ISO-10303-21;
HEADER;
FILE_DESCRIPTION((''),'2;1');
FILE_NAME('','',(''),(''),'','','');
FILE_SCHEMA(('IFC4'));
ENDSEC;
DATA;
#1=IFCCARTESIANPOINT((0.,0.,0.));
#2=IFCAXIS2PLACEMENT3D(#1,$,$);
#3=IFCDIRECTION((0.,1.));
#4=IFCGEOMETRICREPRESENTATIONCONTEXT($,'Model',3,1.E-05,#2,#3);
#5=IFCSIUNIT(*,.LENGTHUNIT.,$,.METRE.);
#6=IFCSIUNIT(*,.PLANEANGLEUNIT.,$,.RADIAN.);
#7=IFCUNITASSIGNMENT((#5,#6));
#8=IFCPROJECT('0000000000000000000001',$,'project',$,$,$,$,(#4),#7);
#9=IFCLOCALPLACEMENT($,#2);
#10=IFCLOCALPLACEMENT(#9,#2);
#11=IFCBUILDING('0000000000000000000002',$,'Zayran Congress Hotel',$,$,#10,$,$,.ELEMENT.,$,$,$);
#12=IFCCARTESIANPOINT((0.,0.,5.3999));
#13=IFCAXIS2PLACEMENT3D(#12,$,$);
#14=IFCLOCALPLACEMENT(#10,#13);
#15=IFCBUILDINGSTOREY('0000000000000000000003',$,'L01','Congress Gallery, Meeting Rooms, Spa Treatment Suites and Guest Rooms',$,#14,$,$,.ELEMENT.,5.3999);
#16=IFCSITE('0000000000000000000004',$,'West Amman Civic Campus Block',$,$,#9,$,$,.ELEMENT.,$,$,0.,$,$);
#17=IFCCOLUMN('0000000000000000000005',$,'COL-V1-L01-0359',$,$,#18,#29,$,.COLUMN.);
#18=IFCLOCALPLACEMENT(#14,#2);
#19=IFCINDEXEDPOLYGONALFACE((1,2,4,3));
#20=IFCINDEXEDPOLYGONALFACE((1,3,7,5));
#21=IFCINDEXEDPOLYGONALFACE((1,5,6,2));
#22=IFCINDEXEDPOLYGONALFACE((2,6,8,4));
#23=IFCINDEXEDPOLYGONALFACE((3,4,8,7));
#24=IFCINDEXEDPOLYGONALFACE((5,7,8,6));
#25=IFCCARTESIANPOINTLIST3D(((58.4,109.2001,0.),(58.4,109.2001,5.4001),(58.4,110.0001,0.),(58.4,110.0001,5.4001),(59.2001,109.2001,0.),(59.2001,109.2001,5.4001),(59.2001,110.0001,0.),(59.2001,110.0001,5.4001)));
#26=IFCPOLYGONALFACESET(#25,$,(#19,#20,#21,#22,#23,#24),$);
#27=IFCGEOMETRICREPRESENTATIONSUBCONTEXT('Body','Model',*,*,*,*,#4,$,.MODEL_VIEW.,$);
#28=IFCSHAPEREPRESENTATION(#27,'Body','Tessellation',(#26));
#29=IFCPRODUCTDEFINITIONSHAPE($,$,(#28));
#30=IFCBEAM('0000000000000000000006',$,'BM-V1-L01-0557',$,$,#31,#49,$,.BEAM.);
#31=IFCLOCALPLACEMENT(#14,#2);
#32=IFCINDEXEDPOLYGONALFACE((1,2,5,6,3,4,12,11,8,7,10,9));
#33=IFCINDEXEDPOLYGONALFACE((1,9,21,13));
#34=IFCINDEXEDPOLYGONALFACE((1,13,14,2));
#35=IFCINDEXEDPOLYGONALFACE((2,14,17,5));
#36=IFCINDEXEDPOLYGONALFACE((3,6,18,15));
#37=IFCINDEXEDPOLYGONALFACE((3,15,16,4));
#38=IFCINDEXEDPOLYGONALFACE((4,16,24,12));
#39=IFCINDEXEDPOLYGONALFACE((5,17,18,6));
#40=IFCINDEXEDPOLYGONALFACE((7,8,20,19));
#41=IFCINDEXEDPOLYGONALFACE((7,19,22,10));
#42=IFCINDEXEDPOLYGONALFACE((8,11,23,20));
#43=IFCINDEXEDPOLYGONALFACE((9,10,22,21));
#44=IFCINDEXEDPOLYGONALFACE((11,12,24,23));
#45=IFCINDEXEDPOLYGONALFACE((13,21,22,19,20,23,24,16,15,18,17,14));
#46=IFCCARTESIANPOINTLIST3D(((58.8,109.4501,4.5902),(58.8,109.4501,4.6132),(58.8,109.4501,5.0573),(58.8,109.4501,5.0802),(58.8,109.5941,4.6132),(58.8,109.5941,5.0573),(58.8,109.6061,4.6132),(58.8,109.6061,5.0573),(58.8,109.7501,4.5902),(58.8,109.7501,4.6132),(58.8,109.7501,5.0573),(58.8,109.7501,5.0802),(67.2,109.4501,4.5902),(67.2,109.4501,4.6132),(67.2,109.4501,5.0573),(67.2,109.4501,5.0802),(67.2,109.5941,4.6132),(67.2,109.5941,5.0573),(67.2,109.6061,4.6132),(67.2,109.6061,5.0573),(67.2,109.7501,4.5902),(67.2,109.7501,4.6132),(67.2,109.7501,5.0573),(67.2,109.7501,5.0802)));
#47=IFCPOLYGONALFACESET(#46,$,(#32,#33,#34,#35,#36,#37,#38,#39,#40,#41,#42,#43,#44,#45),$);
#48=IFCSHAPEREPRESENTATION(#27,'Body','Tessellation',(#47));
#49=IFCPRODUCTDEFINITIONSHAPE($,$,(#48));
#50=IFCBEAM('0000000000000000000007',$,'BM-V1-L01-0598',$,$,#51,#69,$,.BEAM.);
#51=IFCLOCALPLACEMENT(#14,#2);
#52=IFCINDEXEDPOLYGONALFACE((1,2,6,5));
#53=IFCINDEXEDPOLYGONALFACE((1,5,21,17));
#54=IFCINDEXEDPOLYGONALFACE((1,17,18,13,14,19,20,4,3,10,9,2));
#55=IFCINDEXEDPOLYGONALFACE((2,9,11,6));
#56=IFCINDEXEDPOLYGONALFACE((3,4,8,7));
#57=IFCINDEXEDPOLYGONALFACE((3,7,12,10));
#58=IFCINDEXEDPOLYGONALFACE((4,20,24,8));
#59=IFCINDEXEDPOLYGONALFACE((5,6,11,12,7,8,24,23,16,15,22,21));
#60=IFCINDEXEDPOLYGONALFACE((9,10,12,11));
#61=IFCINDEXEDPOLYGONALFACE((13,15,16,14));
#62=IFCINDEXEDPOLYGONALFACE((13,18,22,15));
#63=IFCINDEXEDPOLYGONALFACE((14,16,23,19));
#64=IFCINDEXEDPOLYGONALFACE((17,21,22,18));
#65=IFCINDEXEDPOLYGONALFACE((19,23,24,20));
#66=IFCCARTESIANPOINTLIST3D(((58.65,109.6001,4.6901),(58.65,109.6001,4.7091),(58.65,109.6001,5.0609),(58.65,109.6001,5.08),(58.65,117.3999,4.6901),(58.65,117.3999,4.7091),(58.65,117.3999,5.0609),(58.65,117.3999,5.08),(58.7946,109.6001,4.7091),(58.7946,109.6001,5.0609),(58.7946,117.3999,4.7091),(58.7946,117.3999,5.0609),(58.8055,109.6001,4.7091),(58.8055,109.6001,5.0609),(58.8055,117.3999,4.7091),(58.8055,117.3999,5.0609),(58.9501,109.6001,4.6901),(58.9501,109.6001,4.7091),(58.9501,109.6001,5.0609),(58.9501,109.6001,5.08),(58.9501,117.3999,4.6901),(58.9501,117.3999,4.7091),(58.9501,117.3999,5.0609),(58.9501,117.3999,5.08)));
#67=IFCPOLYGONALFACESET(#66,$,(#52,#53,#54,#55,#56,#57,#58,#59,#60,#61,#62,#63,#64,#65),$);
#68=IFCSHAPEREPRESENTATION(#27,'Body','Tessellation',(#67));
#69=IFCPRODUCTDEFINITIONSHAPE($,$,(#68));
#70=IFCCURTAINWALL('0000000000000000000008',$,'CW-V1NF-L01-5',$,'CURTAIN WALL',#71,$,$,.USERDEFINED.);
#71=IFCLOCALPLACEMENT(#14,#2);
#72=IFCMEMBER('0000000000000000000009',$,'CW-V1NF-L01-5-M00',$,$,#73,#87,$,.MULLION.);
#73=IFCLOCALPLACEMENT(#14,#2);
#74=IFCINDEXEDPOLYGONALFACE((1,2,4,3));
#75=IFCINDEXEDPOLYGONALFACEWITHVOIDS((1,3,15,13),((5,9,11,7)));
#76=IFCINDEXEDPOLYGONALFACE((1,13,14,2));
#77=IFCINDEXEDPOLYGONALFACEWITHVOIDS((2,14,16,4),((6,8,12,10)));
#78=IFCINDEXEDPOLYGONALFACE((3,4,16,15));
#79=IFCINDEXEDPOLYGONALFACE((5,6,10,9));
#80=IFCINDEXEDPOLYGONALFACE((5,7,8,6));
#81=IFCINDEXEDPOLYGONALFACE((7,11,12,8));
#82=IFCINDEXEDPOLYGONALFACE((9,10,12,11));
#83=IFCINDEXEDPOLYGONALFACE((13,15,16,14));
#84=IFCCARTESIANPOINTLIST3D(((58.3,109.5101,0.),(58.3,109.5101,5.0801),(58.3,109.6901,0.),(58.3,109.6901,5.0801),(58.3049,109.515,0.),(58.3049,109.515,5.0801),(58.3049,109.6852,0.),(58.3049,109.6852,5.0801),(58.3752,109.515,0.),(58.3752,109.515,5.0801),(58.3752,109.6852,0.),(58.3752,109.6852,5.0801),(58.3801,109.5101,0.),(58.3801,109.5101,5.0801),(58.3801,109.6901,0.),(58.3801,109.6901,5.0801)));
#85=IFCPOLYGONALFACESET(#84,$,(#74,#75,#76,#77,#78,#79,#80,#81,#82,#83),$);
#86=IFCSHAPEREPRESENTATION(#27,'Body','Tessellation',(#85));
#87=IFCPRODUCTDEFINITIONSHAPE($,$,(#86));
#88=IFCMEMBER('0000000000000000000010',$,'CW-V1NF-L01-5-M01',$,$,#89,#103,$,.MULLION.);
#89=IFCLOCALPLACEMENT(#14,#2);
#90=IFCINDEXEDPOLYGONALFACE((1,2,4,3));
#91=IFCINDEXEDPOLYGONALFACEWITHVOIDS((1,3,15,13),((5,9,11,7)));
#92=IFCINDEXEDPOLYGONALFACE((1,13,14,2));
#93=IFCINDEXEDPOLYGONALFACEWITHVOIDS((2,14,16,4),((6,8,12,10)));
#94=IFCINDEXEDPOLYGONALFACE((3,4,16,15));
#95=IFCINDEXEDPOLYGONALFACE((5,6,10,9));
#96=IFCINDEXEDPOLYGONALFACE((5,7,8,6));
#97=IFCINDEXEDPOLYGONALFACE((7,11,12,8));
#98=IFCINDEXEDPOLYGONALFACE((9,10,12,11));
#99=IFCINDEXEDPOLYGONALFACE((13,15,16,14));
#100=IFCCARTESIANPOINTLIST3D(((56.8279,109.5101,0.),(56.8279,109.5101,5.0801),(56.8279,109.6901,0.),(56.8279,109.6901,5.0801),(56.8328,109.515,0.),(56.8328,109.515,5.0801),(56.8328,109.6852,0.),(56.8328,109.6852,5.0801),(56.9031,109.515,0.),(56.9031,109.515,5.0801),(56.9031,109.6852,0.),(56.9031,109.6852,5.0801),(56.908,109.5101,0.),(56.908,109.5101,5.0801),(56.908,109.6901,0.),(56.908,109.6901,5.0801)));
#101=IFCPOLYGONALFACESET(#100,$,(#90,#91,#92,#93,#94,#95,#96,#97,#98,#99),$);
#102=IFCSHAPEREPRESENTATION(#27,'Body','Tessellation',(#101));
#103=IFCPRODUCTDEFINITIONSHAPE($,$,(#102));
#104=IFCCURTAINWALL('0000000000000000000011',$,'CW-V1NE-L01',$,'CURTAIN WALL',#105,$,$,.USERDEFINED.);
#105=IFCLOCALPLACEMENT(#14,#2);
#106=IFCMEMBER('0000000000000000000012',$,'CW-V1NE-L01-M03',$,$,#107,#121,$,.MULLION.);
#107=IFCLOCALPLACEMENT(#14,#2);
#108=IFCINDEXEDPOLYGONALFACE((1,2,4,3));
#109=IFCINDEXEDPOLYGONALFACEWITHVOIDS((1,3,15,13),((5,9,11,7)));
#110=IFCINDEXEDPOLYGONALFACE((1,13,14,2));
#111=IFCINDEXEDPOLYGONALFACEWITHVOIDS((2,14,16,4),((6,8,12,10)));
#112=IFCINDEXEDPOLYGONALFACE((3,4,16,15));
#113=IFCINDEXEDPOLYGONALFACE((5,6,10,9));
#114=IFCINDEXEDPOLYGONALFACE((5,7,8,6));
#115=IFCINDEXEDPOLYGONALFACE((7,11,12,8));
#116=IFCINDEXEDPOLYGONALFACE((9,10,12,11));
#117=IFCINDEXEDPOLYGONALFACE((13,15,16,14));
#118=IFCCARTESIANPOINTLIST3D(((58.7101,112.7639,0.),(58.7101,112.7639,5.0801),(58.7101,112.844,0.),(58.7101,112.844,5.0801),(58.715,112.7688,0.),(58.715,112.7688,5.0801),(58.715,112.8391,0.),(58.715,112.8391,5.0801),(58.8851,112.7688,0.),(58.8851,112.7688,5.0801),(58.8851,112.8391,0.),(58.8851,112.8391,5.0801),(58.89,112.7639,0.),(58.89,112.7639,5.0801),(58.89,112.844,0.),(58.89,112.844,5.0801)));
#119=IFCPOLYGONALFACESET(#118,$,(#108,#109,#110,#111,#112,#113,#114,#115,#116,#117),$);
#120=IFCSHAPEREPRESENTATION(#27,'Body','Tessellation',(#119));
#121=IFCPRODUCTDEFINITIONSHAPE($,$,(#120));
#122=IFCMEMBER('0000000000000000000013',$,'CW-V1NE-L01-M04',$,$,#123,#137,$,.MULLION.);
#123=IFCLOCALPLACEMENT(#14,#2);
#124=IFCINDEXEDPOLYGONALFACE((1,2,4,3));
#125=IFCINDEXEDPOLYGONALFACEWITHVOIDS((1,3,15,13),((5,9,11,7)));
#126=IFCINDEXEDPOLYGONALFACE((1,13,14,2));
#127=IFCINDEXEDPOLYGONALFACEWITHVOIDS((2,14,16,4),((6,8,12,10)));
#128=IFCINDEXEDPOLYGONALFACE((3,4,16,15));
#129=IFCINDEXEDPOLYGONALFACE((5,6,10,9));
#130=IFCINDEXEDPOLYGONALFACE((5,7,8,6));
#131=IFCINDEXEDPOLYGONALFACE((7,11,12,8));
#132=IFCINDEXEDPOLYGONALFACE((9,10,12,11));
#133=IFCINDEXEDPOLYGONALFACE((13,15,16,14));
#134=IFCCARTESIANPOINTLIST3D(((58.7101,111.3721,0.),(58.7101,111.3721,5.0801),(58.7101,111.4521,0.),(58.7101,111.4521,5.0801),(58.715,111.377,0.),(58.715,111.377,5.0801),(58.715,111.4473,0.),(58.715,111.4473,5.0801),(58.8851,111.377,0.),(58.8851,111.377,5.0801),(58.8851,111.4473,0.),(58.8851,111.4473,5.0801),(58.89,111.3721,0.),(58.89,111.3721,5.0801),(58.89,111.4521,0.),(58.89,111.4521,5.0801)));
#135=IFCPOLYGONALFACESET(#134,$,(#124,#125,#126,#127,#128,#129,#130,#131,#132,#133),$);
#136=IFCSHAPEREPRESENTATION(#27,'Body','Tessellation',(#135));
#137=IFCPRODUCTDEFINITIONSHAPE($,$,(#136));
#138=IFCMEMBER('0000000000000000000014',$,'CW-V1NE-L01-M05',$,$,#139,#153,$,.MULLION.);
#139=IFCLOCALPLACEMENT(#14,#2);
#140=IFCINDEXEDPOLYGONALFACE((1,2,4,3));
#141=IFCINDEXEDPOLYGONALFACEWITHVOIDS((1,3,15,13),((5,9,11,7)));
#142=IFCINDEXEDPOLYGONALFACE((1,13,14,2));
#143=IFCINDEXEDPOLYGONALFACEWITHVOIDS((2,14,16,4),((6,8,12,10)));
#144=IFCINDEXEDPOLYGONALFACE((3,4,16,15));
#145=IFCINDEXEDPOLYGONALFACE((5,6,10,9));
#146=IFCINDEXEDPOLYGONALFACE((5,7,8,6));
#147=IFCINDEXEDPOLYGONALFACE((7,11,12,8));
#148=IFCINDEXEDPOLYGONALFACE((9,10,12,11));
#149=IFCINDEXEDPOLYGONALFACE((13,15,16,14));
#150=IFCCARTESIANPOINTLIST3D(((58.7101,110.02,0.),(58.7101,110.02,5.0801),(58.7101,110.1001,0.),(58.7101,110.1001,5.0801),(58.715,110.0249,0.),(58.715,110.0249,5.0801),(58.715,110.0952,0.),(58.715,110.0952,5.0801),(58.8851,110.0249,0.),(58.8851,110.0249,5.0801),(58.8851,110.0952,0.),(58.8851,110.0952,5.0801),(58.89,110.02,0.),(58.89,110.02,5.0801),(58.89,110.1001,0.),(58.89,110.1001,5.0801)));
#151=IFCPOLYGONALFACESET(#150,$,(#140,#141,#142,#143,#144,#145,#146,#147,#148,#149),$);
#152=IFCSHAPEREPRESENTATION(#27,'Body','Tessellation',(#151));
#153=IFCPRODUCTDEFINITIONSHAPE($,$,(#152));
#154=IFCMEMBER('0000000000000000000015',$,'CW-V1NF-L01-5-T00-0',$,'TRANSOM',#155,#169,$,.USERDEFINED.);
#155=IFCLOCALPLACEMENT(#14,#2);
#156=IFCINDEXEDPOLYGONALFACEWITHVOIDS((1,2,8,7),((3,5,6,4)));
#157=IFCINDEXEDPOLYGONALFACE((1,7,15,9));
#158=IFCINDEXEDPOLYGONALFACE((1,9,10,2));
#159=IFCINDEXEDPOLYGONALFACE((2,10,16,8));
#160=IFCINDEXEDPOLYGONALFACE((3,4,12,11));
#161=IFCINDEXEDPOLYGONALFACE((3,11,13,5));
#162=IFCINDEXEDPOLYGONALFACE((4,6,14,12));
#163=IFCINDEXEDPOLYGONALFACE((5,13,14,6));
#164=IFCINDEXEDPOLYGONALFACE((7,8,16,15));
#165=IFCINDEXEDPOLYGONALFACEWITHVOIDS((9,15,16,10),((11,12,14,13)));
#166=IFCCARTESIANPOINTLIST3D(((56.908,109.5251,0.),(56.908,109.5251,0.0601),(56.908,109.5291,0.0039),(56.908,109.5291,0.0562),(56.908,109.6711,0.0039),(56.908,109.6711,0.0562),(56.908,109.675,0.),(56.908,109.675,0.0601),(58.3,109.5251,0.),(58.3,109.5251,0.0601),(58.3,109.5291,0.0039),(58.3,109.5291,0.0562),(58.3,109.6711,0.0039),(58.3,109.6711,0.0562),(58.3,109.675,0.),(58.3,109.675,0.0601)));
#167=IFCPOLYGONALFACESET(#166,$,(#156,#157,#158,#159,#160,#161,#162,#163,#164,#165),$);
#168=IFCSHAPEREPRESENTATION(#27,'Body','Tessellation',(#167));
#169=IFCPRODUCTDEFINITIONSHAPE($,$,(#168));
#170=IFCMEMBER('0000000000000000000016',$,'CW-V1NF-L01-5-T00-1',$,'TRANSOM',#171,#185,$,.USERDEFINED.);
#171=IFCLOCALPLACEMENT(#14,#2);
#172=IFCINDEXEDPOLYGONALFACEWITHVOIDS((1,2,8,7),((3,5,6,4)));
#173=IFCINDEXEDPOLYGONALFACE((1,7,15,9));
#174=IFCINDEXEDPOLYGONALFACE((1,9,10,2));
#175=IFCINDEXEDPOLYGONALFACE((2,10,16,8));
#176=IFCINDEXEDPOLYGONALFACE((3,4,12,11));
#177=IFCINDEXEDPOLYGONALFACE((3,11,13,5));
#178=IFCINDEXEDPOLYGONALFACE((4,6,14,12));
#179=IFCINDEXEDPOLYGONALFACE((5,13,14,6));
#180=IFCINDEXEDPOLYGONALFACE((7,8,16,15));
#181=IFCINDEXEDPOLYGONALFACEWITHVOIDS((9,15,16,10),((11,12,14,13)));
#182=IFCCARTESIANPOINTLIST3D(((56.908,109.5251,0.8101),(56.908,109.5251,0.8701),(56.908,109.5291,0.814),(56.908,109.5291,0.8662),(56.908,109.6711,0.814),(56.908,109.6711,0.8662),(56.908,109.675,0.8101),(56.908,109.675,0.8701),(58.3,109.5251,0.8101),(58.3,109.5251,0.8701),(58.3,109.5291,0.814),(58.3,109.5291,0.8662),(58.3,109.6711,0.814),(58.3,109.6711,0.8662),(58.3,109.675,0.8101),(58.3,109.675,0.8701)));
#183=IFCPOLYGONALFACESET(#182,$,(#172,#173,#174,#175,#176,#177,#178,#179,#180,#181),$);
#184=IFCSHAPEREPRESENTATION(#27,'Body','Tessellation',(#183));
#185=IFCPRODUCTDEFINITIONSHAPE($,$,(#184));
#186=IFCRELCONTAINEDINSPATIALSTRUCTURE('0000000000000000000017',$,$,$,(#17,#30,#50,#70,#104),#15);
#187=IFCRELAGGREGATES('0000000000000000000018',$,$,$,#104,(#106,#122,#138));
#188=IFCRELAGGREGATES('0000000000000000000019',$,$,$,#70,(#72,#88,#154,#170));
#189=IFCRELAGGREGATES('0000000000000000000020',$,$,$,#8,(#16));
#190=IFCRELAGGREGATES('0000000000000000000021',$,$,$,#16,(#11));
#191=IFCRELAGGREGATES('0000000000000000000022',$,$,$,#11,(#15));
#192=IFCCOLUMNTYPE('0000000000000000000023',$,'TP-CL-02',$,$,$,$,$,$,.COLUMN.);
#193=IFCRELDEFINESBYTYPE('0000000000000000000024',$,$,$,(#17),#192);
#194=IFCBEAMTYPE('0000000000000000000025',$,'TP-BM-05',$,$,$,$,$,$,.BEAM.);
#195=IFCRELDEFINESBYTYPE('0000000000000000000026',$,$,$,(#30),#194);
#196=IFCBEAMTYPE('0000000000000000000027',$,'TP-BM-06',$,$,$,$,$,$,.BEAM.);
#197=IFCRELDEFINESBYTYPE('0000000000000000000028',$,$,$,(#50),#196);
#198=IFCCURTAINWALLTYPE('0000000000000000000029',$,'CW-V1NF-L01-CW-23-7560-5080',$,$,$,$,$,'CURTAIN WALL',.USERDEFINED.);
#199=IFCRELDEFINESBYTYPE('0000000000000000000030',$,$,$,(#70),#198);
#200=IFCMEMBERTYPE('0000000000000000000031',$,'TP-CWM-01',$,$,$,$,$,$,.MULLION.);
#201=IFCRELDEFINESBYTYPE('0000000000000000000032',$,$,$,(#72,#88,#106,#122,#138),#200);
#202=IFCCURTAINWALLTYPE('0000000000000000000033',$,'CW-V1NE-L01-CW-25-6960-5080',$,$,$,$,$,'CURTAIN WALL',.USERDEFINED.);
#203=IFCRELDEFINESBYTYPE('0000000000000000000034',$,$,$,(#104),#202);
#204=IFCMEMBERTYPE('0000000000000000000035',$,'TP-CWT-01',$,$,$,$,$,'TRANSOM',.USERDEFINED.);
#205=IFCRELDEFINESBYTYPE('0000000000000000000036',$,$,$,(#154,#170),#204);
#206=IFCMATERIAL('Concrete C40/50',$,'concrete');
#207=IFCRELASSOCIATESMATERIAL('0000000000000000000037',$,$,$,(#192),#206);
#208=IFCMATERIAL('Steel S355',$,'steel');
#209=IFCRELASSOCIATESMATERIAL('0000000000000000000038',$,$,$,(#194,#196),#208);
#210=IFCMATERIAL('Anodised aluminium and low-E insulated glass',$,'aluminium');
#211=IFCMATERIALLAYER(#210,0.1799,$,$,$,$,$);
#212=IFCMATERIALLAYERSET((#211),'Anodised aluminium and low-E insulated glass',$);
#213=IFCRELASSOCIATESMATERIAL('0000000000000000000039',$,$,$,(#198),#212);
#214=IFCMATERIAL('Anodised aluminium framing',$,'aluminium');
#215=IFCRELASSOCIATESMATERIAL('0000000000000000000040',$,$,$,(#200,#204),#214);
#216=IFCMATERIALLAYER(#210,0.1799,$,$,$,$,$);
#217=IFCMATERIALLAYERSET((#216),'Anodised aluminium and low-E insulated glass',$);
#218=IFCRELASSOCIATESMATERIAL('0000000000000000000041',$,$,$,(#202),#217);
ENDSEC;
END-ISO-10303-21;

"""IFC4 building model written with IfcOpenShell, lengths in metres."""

from ifc_helpers import new_model, si_unit, direction, frame, origin, origin_2d, place, context, subcontext, project, spatial, rectangle, hollow_rectangle, i_section, extrude, material, layer, layer_set, material_profile, profile_set, type_object, element, aggregate, save


model = new_model("IFC4")

# Units and contexts
model_context = context("Model", 3, precision=1e-05, world=origin(), true_north=direction((0.0, 1.0)))
body_context = subcontext(model_context, "Body", "Model", "MODEL_VIEW")
ifc_project = project(units=[si_unit("LENGTHUNIT", "METRE"), si_unit("PLANEANGLEUNIT", "RADIAN")], contexts=[model_context])

# Site, building, storey
site_placement = place(None, origin())
site = spatial("IfcSite", under=ifc_project, at=site_placement, Name="West Amman Civic Campus Block", CompositionType="ELEMENT", RefElevation=0.0)
building_placement = place(site_placement, origin())
building = spatial("IfcBuilding", under=site, at=building_placement, Name="Zayran Congress Hotel", CompositionType="ELEMENT")
storey_placement = place(building_placement, frame((0.0, 0.0, 5.3999)))
storey = spatial("IfcBuildingStorey", under=building, at=storey_placement, Name="L01", Description="Congress Gallery, Meeting Rooms, Spa Treatment Suites and Guest Rooms", CompositionType="ELEMENT", Elevation=5.3999)

# Column
ifc_material_1 = material(Name="Concrete C40/50", Category="concrete")
ifc_material_profile_1 = material_profile(ifc_material_1, rectangle(XDim=0.8, YDim=0.8, at=origin_2d()), Name="RC 800x800")
ifc_profile_set_1 = profile_set([ifc_material_profile_1], Name="Concrete C40/50")
column_type = type_object("IfcColumnType", Name="TP-CL-02", PredefinedType="COLUMN", material=ifc_profile_set_1)
column_placement = place(storey_placement, frame((58.8, 109.6001, 0.0), z_axis=(0.0, 0.0, 1.0), x_axis=(1.0, 0.0, 0.0)))
element("IfcColumn", 1, at=column_placement, inside=storey, type_object=column_type, Name="COL-V1-L01-0359", PredefinedType="COLUMN", context=body_context, shape_type="SweptSolid", body=[
    extrude(rectangle(XDim=0.8, YDim=0.8, at=origin_2d()), origin(), (0.0, 0.0, 1.0), 5.4001),
])

# Beams
ifc_material_2 = material(Name="Steel S355", Category="steel")
ifc_material_profile_2 = material_profile(ifc_material_2, i_section(OverallWidth=0.3, OverallDepth=0.49, WebThickness=0.012, FlangeThickness=0.0229, at=origin_2d()), Name="HEA 500")
ifc_profile_set_2 = profile_set([ifc_material_profile_2], Name="Steel S355")
beam_type_1 = type_object("IfcBeamType", Name="TP-BM-05", PredefinedType="BEAM", material=ifc_profile_set_2)
beam_1_placement = place(storey_placement, frame((58.8, 109.6001, 4.8352), z_axis=(1.0, 0.0, 0.0), x_axis=(0.0, 1.0, 0.0)))
element("IfcBeam", 2, at=beam_1_placement, inside=storey, type_object=beam_type_1, Name="BM-V1-L01-0557", PredefinedType="BEAM", context=body_context, shape_type="SweptSolid", body=[
    extrude(i_section(OverallWidth=0.3, OverallDepth=0.49, WebThickness=0.012, FlangeThickness=0.0229, at=origin_2d()), origin(), (0.0, 0.0, 1.0), 8.3999),
])
ifc_material_profile_3 = material_profile(ifc_material_2, i_section(OverallWidth=0.3, OverallDepth=0.3899, WebThickness=0.011, FlangeThickness=0.019, at=origin_2d()), Name="HEA 400")
ifc_profile_set_3 = profile_set([ifc_material_profile_3], Name="Steel S355")
beam_type_2 = type_object("IfcBeamType", Name="TP-BM-06", PredefinedType="BEAM", material=ifc_profile_set_3)
beam_2_placement = place(storey_placement, frame((58.8, 109.6001, 4.885), z_axis=(0.0, 1.0, 0.0), x_axis=(-1.0, 0.0, 0.0)))
element("IfcBeam", 3, at=beam_2_placement, inside=storey, type_object=beam_type_2, Name="BM-V1-L01-0598", PredefinedType="BEAM", context=body_context, shape_type="SweptSolid", body=[
    extrude(i_section(OverallWidth=0.3, OverallDepth=0.3899, WebThickness=0.011, FlangeThickness=0.019, at=origin_2d()), origin(), (0.0, 0.0, 1.0), 7.7998),
])

# Curtain walls, members
ifc_material_3 = material(Name="Anodised aluminium and low-E insulated glass", Category="aluminium")
ifc_layer_1 = layer(ifc_material_3, 0.1799)
ifc_layer_set_1 = layer_set([ifc_layer_1], Name="Anodised aluminium and low-E insulated glass")
curtain_wall_type_1 = type_object("IfcCurtainWallType", Name="CW-V1NF-L01-CW-23-7560-5080", ElementType="CURTAIN WALL", PredefinedType="USERDEFINED", material=ifc_layer_set_1)
curtain_wall_1_placement = place(storey_placement, origin())
curtain_wall_1 = element("IfcCurtainWall", 4, at=curtain_wall_1_placement, inside=storey, type_object=curtain_wall_type_1, Name="CW-V1NF-L01-5", ObjectType="CURTAIN WALL", PredefinedType="USERDEFINED")
ifc_material_4 = material(Name="Anodised aluminium framing", Category="aluminium")
ifc_material_profile_4 = material_profile(ifc_material_4, hollow_rectangle(XDim=0.0801, YDim=0.1799, WallThickness=0.0049, at=origin_2d()), Name="RHS 180x80x5")
ifc_profile_set_4 = profile_set([ifc_material_profile_4], Name="Anodised aluminium framing")
member_type_1 = type_object("IfcMemberType", Name="TP-CWM-01", PredefinedType="MULLION", material=ifc_profile_set_4)
member_1_placement = place(storey_placement, frame((58.3401, 109.6001, 0.0), z_axis=(0.0, 0.0, 1.0), x_axis=(1.0, 0.0, 0.0)))
member_1 = element("IfcMember", 5, at=member_1_placement, type_object=member_type_1, Name="CW-V1NF-L01-5-M00", PredefinedType="MULLION", context=body_context, shape_type="SweptSolid", body=[
    extrude(hollow_rectangle(XDim=0.0801, YDim=0.1799, WallThickness=0.0049, at=origin_2d()), origin(), (0.0, 0.0, 1.0), 5.0801),
])
member_2_placement = place(storey_placement, frame((56.8679, 109.6001, 0.0), z_axis=(0.0, 0.0, 1.0), x_axis=(1.0, 0.0, 0.0)))
member_2 = element("IfcMember", 6, at=member_2_placement, type_object=member_type_1, Name="CW-V1NF-L01-5-M01", PredefinedType="MULLION", context=body_context, shape_type="SweptSolid", body=[
    extrude(hollow_rectangle(XDim=0.0801, YDim=0.1799, WallThickness=0.0049, at=origin_2d()), origin(), (0.0, 0.0, 1.0), 5.0801),
])
ifc_layer_2 = layer(ifc_material_3, 0.1799)
ifc_layer_set_2 = layer_set([ifc_layer_2], Name="Anodised aluminium and low-E insulated glass")
curtain_wall_type_2 = type_object("IfcCurtainWallType", Name="CW-V1NE-L01-CW-25-6960-5080", ElementType="CURTAIN WALL", PredefinedType="USERDEFINED", material=ifc_layer_set_2)
curtain_wall_2_placement = place(storey_placement, origin())
curtain_wall_2 = element("IfcCurtainWall", 7, at=curtain_wall_2_placement, inside=storey, type_object=curtain_wall_type_2, Name="CW-V1NE-L01", ObjectType="CURTAIN WALL", PredefinedType="USERDEFINED")
member_3_placement = place(storey_placement, frame((58.8, 112.804, 0.0), z_axis=(0.0, 0.0, 1.0), x_axis=(0.0, 1.0, 0.0)))
member_3 = element("IfcMember", 8, at=member_3_placement, type_object=member_type_1, Name="CW-V1NE-L01-M03", PredefinedType="MULLION", context=body_context, shape_type="SweptSolid", body=[
    extrude(hollow_rectangle(XDim=0.0801, YDim=0.1799, WallThickness=0.0049, at=origin_2d()), origin(), (0.0, 0.0, 1.0), 5.0801),
])
member_4_placement = place(storey_placement, frame((58.8, 111.4121, 0.0), z_axis=(0.0, 0.0, 1.0), x_axis=(0.0, 1.0, 0.0)))
member_4 = element("IfcMember", 9, at=member_4_placement, type_object=member_type_1, Name="CW-V1NE-L01-M04", PredefinedType="MULLION", context=body_context, shape_type="SweptSolid", body=[
    extrude(hollow_rectangle(XDim=0.0801, YDim=0.1799, WallThickness=0.0049, at=origin_2d()), origin(), (0.0, 0.0, 1.0), 5.0801),
])
member_5_placement = place(storey_placement, frame((58.8, 110.0601, 0.0), z_axis=(0.0, 0.0, 1.0), x_axis=(0.0, 1.0, 0.0)))
member_5 = element("IfcMember", 10, at=member_5_placement, type_object=member_type_1, Name="CW-V1NE-L01-M05", PredefinedType="MULLION", context=body_context, shape_type="SweptSolid", body=[
    extrude(hollow_rectangle(XDim=0.0801, YDim=0.1799, WallThickness=0.0049, at=origin_2d()), origin(), (0.0, 0.0, 1.0), 5.0801),
])

# Members
ifc_material_profile_5 = material_profile(ifc_material_4, hollow_rectangle(XDim=0.0601, YDim=0.1499, WallThickness=0.0039, at=origin_2d()), Name="RHS 150x60x4")
ifc_profile_set_5 = profile_set([ifc_material_profile_5], Name="Anodised aluminium framing")
member_type_2 = type_object("IfcMemberType", Name="TP-CWT-01", ElementType="TRANSOM", PredefinedType="USERDEFINED", material=ifc_profile_set_5)
member_6_placement = place(storey_placement, frame((58.3, 109.6001, 0.03), z_axis=(-1.0, 0.0, 0.0), x_axis=(0.0, 0.0, 1.0)))
member_6 = element("IfcMember", 11, at=member_6_placement, type_object=member_type_2, Name="CW-V1NF-L01-5-T00-0", ObjectType="TRANSOM", PredefinedType="USERDEFINED", context=body_context, shape_type="SweptSolid", body=[
    extrude(hollow_rectangle(XDim=0.0601, YDim=0.1499, WallThickness=0.0039, at=origin_2d()), origin(), (0.0, 0.0, 1.0), 1.3921),
])
member_7_placement = place(storey_placement, frame((58.3, 109.6001, 0.8401), z_axis=(-1.0, 0.0, 0.0), x_axis=(0.0, 0.0, 1.0)))
member_7 = element("IfcMember", 12, at=member_7_placement, type_object=member_type_2, Name="CW-V1NF-L01-5-T00-1", ObjectType="TRANSOM", PredefinedType="USERDEFINED", context=body_context, shape_type="SweptSolid", body=[
    extrude(hollow_rectangle(XDim=0.0601, YDim=0.1499, WallThickness=0.0039, at=origin_2d()), origin(), (0.0, 0.0, 1.0), 1.3921),
])

aggregate(curtain_wall_2, [member_3, member_4, member_5])
aggregate(curtain_wall_1, [member_1, member_2, member_6, member_7])

save(model, "model.ifc")
